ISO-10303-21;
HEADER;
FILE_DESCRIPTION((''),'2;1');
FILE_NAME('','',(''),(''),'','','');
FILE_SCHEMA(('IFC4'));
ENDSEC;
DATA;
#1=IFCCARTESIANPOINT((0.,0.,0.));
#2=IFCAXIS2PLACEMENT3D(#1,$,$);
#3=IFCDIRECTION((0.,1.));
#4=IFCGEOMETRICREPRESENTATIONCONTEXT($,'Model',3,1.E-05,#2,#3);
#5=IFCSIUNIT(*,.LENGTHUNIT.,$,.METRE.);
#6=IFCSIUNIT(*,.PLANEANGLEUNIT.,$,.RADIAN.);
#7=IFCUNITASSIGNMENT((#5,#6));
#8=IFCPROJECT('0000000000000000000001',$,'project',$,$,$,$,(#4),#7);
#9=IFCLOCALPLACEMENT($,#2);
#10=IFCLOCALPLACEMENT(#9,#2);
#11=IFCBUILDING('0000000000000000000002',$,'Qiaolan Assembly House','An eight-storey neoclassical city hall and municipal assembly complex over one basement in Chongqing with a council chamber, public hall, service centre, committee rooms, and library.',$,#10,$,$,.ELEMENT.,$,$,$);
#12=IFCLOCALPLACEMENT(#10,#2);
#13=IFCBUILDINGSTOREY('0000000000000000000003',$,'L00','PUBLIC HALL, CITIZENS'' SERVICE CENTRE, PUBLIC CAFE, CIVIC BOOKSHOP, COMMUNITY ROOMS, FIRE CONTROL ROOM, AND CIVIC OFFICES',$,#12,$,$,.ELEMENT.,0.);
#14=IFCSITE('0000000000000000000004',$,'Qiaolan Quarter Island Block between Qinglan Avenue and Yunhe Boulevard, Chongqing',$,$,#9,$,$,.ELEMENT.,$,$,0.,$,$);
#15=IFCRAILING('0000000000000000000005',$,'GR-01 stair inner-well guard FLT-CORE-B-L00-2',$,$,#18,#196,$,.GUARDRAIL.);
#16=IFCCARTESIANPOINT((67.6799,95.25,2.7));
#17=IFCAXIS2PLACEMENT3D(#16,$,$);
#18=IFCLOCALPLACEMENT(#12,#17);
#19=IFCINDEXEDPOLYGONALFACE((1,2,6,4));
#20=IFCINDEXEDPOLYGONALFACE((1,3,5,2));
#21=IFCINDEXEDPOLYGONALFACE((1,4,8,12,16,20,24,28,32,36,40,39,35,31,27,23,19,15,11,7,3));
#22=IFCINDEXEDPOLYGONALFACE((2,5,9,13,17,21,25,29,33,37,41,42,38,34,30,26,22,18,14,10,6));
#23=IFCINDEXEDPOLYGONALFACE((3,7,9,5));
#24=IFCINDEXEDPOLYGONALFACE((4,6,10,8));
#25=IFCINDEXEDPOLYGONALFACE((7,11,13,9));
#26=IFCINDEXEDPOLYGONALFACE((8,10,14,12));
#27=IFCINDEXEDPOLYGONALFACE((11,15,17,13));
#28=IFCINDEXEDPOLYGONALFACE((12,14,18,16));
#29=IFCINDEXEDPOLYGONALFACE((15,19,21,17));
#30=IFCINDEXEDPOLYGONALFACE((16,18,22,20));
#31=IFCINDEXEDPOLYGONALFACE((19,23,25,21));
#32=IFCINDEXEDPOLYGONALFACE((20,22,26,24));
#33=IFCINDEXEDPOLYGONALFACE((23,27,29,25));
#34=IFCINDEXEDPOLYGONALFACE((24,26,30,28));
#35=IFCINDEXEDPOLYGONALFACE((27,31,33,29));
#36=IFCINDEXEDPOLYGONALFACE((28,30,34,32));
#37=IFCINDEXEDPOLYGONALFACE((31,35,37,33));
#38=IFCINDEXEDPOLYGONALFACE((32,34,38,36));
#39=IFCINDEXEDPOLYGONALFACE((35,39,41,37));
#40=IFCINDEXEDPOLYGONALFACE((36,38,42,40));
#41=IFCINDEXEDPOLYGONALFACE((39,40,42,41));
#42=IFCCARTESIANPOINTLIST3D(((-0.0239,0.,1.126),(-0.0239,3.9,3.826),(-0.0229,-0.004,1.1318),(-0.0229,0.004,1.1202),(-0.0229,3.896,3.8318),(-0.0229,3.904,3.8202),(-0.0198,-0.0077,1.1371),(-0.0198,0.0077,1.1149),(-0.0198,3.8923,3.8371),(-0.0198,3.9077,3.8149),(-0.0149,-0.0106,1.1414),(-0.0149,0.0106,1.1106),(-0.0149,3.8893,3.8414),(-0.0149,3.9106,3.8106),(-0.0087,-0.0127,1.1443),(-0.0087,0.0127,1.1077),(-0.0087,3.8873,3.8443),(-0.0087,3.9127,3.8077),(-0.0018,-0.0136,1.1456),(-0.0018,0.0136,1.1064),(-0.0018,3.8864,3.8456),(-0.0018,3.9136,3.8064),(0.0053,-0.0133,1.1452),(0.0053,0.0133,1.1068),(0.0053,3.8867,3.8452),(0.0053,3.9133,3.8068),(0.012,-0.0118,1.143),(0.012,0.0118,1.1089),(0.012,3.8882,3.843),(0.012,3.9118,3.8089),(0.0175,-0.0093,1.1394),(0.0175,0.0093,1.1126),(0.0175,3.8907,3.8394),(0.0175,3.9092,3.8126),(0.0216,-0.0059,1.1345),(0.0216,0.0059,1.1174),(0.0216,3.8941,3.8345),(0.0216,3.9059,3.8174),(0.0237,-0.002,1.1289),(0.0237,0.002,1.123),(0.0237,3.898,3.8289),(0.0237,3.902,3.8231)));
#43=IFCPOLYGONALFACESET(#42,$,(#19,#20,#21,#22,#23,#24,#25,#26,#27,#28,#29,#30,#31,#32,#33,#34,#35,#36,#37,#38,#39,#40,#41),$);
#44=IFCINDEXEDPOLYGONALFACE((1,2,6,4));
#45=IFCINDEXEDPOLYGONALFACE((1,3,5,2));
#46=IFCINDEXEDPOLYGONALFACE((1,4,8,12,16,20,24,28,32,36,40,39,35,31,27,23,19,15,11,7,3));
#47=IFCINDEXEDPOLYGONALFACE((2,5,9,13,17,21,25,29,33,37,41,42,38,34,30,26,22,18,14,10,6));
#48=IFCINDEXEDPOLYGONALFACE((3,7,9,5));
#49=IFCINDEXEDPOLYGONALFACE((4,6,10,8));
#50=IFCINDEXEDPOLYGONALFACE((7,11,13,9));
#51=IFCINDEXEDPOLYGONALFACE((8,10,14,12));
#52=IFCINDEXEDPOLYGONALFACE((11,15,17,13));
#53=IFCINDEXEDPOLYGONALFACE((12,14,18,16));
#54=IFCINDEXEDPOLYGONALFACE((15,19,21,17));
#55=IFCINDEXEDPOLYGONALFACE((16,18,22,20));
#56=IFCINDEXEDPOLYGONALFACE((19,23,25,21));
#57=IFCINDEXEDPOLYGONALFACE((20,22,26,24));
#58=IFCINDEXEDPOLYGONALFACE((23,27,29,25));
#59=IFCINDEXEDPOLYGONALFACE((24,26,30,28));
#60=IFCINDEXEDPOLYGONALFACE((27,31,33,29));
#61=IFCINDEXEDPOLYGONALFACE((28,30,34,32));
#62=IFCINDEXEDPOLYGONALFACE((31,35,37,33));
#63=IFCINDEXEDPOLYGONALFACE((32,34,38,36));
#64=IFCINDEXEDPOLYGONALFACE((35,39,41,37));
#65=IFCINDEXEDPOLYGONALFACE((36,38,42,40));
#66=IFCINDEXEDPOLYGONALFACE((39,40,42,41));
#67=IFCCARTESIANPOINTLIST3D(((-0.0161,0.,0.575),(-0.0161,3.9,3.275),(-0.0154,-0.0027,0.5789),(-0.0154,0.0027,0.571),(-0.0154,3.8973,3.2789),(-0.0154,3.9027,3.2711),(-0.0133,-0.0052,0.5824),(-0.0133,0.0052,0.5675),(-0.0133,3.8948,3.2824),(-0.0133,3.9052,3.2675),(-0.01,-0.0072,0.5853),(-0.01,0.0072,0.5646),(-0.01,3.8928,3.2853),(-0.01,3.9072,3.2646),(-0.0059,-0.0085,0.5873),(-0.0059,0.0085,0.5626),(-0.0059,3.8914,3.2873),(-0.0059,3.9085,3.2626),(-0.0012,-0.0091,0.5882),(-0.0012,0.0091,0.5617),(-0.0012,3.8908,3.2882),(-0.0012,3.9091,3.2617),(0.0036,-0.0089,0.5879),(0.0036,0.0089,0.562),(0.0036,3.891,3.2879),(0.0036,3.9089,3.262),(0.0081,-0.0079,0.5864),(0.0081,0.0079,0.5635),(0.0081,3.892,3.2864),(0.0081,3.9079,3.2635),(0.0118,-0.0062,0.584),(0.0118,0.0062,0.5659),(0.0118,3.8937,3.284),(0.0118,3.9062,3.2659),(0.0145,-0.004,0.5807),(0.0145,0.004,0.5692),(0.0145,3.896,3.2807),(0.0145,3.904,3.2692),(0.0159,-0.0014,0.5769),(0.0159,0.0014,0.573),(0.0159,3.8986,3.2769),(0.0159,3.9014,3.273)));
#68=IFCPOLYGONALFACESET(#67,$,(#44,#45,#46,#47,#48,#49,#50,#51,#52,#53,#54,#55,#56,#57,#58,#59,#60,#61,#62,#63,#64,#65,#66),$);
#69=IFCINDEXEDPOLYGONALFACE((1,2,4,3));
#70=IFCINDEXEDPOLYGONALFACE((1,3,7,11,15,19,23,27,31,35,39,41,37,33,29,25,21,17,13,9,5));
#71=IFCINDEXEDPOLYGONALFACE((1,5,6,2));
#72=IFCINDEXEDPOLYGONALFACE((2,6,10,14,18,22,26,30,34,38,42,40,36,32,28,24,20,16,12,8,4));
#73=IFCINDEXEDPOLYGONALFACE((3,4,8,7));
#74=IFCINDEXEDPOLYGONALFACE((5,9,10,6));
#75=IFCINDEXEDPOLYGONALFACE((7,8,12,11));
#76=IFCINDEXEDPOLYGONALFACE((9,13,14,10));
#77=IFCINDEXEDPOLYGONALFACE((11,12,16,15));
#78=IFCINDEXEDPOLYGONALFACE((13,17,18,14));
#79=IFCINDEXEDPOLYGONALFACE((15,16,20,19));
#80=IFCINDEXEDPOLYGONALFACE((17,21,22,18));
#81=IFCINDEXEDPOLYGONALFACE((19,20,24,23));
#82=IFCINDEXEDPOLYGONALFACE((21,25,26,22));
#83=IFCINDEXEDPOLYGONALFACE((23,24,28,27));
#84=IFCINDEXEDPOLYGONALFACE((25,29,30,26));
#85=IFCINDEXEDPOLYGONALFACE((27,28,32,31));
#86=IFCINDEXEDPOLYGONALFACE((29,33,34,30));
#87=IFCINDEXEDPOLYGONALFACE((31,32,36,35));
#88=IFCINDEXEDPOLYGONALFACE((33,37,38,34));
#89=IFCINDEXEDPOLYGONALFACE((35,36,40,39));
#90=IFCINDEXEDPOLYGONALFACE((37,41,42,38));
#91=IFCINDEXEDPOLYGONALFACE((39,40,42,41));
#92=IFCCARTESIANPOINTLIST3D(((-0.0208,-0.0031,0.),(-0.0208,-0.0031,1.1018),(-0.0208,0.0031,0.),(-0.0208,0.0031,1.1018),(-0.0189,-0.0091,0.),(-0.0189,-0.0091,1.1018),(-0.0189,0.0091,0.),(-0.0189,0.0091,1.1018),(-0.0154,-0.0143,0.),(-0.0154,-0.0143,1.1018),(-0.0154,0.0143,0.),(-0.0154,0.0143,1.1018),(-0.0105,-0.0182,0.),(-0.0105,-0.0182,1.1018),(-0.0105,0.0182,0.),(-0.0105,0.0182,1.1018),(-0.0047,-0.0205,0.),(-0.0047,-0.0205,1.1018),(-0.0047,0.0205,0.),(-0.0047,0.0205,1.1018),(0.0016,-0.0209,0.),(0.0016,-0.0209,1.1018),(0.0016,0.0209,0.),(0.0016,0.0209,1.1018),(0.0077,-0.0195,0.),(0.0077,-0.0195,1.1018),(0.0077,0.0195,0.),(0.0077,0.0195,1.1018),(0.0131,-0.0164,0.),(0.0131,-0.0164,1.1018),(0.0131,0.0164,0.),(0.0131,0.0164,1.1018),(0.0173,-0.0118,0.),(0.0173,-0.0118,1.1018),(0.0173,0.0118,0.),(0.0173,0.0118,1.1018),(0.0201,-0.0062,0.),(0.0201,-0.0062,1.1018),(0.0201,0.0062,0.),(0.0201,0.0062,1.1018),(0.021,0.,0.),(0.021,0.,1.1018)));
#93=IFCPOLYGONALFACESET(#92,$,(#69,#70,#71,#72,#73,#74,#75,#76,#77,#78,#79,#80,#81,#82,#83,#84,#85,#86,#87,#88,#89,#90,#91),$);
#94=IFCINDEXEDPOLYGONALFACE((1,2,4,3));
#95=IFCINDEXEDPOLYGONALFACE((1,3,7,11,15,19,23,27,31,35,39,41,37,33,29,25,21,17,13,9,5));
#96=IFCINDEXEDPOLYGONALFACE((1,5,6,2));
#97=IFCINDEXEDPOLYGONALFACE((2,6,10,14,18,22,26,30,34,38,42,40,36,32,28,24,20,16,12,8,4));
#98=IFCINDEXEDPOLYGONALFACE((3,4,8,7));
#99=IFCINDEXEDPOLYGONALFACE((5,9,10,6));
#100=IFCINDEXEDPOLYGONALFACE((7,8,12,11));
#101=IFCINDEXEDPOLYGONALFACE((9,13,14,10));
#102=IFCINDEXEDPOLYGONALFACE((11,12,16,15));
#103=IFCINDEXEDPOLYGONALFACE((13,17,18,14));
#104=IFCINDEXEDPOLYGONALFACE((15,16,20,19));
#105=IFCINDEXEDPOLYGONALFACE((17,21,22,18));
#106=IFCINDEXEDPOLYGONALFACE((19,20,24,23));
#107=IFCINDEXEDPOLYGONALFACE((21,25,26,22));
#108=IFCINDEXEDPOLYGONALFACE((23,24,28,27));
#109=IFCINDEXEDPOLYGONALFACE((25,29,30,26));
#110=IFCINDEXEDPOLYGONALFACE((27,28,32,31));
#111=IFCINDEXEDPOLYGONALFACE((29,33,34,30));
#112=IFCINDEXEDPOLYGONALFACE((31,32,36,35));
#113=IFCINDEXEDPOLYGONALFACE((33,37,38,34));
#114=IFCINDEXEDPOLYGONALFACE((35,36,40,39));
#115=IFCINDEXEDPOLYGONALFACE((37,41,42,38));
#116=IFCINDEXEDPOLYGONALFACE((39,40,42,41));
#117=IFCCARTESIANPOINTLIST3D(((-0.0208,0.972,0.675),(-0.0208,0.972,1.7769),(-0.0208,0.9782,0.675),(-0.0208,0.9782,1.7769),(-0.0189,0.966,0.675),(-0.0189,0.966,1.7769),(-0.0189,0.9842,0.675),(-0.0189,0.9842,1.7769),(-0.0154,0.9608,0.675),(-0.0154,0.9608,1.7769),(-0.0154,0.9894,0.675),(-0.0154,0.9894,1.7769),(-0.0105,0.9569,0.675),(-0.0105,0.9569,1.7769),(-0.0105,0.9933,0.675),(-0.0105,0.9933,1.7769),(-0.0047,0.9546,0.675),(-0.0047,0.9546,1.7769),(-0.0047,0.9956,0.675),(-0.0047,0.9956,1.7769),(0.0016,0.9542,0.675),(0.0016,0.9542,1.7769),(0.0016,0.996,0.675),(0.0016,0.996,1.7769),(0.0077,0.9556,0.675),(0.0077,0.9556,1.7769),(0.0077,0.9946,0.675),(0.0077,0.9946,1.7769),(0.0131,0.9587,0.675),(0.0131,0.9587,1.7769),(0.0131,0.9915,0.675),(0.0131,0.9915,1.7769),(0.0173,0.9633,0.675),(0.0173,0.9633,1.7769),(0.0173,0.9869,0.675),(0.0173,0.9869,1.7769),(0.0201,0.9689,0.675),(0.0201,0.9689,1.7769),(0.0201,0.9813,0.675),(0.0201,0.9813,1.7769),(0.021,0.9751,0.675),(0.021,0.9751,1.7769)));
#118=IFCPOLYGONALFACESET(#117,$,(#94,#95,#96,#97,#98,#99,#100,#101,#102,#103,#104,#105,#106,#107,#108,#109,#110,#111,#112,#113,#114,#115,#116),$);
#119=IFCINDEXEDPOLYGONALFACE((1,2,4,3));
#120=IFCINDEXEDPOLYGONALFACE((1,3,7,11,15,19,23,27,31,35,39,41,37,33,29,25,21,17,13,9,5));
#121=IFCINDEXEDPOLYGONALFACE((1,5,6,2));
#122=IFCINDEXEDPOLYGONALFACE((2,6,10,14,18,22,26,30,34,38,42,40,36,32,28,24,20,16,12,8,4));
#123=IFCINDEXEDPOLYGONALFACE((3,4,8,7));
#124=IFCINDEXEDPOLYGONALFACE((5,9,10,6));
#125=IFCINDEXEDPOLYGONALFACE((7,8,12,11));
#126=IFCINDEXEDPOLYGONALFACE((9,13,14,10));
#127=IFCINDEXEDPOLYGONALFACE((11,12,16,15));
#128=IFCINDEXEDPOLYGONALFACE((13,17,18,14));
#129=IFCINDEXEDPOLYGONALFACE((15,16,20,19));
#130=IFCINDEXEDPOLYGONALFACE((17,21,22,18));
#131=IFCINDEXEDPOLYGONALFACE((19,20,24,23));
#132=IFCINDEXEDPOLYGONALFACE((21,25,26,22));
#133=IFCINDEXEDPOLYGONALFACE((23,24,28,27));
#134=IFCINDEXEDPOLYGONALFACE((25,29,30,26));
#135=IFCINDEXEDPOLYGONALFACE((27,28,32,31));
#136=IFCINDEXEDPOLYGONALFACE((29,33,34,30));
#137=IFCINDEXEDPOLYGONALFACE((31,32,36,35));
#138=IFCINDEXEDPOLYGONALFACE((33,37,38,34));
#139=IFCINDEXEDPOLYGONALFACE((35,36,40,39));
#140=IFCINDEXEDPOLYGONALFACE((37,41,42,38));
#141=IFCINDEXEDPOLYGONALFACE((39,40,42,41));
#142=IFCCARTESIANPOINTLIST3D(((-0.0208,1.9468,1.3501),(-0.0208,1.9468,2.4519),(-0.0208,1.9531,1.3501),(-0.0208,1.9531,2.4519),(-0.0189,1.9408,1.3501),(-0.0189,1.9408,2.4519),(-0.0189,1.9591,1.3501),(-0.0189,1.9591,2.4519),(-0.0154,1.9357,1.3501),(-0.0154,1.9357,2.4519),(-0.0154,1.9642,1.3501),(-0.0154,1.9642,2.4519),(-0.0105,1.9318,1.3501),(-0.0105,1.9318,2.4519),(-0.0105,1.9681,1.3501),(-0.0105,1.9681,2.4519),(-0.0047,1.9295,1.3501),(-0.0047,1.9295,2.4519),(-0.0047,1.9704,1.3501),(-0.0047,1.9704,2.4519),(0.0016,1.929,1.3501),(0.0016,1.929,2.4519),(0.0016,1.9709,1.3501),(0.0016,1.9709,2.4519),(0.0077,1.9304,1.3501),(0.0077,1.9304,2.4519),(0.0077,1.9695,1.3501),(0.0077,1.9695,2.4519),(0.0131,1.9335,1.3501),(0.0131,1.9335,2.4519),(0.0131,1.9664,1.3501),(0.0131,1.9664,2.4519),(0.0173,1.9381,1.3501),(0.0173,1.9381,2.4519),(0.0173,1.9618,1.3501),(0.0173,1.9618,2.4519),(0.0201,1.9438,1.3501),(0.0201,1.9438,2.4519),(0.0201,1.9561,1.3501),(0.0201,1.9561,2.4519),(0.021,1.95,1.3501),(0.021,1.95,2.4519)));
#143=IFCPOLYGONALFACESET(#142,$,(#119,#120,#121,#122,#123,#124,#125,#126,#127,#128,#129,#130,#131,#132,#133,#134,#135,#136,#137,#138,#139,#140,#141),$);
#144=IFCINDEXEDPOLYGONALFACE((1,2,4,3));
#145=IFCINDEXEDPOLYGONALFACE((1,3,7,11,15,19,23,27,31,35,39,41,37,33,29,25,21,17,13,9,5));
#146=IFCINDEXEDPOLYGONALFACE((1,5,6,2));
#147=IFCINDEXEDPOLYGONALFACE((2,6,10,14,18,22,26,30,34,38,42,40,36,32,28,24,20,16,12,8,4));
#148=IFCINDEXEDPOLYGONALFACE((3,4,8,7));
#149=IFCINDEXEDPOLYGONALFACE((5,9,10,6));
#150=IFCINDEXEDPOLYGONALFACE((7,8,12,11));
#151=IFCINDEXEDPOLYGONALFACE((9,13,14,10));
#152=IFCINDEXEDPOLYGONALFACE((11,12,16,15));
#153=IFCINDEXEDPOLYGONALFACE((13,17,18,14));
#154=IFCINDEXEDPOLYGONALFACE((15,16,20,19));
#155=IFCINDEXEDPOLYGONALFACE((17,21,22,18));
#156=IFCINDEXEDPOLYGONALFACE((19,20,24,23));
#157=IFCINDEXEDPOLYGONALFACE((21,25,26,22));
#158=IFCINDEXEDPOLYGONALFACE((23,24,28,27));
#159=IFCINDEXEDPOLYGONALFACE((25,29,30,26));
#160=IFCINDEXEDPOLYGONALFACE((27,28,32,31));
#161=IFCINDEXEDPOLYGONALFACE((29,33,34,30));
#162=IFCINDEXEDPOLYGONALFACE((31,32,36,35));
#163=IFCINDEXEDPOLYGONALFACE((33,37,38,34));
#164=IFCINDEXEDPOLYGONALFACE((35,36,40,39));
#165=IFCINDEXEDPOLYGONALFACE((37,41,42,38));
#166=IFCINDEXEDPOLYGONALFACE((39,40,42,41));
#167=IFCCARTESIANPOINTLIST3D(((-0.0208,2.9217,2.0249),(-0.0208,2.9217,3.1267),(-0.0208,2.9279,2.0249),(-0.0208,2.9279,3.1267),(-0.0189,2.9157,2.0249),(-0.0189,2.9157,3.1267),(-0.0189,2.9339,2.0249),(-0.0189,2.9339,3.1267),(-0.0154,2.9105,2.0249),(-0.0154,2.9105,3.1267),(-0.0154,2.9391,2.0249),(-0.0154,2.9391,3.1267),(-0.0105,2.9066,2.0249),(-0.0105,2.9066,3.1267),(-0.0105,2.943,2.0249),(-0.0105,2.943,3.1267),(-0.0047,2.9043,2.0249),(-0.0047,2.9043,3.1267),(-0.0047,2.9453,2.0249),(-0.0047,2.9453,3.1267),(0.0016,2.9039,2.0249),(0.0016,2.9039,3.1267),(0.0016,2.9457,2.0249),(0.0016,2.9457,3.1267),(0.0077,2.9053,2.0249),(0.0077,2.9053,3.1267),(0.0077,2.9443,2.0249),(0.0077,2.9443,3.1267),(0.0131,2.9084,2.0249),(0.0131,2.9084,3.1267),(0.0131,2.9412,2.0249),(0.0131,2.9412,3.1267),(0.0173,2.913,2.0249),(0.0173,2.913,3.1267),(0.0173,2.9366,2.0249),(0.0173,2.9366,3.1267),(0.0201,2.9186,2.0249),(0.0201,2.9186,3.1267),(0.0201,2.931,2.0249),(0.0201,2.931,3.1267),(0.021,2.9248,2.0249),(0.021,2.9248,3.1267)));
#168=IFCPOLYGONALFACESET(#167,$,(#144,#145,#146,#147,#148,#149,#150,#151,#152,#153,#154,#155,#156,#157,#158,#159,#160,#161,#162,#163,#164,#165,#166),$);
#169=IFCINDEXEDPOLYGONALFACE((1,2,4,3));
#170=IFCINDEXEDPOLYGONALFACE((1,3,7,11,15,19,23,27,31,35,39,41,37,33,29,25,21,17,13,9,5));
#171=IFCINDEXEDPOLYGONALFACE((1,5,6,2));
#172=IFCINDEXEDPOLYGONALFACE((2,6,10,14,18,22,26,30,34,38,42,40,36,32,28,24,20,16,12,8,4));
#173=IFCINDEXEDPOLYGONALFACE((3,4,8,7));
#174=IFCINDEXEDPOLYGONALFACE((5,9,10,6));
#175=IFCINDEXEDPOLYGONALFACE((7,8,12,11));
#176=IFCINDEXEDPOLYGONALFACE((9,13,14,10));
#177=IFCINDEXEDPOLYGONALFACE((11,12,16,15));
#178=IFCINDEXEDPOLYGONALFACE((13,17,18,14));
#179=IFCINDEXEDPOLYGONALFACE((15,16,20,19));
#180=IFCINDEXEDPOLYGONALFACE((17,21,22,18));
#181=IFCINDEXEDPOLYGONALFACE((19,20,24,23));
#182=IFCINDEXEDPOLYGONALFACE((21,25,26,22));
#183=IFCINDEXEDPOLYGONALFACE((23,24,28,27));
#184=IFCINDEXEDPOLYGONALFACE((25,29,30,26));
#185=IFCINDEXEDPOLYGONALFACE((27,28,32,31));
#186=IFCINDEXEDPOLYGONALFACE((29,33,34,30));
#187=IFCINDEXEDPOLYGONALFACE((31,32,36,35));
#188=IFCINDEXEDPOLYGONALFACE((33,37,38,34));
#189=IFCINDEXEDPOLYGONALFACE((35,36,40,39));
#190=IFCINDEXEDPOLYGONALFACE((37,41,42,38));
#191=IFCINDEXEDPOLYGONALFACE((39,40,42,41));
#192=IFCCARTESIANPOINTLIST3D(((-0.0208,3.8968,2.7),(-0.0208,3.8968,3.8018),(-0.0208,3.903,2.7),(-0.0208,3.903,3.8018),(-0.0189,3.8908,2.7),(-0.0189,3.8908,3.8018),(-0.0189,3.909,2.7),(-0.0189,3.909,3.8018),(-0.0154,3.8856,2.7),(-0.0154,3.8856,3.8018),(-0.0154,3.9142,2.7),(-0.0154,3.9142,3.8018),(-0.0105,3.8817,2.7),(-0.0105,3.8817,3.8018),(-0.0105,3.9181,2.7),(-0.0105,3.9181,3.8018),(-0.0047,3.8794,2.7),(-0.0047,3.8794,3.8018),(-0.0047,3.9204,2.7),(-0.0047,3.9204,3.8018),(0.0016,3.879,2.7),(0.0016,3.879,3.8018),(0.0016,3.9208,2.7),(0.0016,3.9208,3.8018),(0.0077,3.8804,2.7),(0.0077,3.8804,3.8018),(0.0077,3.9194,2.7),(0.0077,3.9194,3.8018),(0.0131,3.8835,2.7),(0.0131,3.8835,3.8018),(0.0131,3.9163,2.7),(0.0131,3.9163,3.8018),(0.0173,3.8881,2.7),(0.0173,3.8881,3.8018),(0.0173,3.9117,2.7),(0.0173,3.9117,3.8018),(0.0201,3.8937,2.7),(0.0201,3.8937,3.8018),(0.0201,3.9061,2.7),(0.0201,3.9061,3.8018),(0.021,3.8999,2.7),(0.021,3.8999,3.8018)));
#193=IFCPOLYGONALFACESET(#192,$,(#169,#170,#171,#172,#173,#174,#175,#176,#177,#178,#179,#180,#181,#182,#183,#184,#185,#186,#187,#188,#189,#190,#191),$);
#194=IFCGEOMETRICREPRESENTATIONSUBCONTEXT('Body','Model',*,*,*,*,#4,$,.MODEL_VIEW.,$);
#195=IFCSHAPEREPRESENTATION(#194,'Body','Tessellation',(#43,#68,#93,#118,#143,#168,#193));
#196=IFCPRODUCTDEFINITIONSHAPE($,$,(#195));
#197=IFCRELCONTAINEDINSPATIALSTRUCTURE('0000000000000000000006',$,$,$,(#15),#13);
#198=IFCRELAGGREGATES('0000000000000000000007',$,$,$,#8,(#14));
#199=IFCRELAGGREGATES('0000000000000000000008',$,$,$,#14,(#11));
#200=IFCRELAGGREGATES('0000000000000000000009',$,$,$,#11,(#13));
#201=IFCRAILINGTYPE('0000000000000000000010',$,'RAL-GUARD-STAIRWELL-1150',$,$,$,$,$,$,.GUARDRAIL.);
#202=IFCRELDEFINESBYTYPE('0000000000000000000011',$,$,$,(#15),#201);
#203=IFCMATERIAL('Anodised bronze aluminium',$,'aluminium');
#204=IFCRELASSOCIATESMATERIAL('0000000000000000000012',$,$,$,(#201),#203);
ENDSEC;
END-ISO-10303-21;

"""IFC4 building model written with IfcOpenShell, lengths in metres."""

from ifc_helpers import new_model, si_unit, direction, frame, origin, origin_2d, place, context, subcontext, project, spatial, circle, extrude, material, type_object, element, save


model = new_model("IFC4")

# Units and contexts
model_context = context("Model", 3, precision=1e-05, world=origin(), true_north=direction((0.0, 1.0)))
body_context = subcontext(model_context, "Body", "Model", "MODEL_VIEW")
ifc_project = project(units=[si_unit("LENGTHUNIT", "METRE"), si_unit("PLANEANGLEUNIT", "RADIAN")], contexts=[model_context])

# Site, building, storey
site_placement = place(None, origin())
site = spatial("IfcSite", under=ifc_project, at=site_placement, Name="Qiaolan Quarter Island Block between Qinglan Avenue and Yunhe Boulevard, Chongqing", CompositionType="ELEMENT", RefElevation=0.0)
building_placement = place(site_placement, origin())
building = spatial("IfcBuilding", under=site, at=building_placement, Name="Qiaolan Assembly House", Description="An eight-storey neoclassical city hall and municipal assembly complex over one basement in Chongqing with a council chamber, public hall, service centre, committee rooms, and library.", CompositionType="ELEMENT")
storey_placement = place(building_placement, origin())
storey = spatial("IfcBuildingStorey", under=building, at=storey_placement, Name="L00", Description="PUBLIC HALL, CITIZENS' SERVICE CENTRE, PUBLIC CAFE, CIVIC BOOKSHOP, COMMUNITY ROOMS, FIRE CONTROL ROOM, AND CIVIC OFFICES", CompositionType="ELEMENT", Elevation=0.0)

# Shared definitions
ifc_material_1 = material(Name="Anodised bronze aluminium", Category="aluminium")

# Railing
railing_type_1 = type_object("IfcRailingType", Name="RAL-GUARD-STAIRWELL-1150", PredefinedType="GUARDRAIL", material=ifc_material_1)
railing_1_placement = place(storey_placement, frame((67.6799, 95.25, 2.7)))
element("IfcRailing", 1, at=railing_1_placement, inside=storey, type_object=railing_type_1, Name="GR-01 stair inner-well guard FLT-CORE-B-L00-2", PredefinedType="GUARDRAIL", context=body_context, shape_type="SweptSolid", body=[
    extrude(circle(Radius=0.0239, at=origin_2d()), frame((0.0, 0.0, 1.126), z_axis=(0.0, 0.82219, 0.569213), x_axis=(-1.0, 0.0, 0.0)), (0.0, 0.0, 1.0), 4.7434),
    extrude(circle(Radius=0.0161, at=origin_2d()), frame((0.0, 0.0, 0.575), z_axis=(0.0, 0.82219, 0.569213), x_axis=(-1.0, 0.0, 0.0)), (0.0, 0.0, 1.0), 4.7434),
    extrude(circle(Radius=0.021, at=origin_2d()), origin(), (0.0, 0.0, 1.0), 1.1018),
    extrude(circle(Radius=0.021, at=origin_2d()), frame((0.0, 0.9751, 0.675)), (0.0, 0.0, 1.0), 1.1018),
    extrude(circle(Radius=0.021, at=origin_2d()), frame((0.0, 1.95, 1.3501)), (0.0, 0.0, 1.0), 1.1018),
    extrude(circle(Radius=0.021, at=origin_2d()), frame((0.0, 2.9248, 2.0249)), (0.0, 0.0, 1.0), 1.1018),
    extrude(circle(Radius=0.021, at=origin_2d()), frame((0.0, 3.8999, 2.7)), (0.0, 0.0, 1.0), 1.1018),
])

save(model, "model.ifc")
